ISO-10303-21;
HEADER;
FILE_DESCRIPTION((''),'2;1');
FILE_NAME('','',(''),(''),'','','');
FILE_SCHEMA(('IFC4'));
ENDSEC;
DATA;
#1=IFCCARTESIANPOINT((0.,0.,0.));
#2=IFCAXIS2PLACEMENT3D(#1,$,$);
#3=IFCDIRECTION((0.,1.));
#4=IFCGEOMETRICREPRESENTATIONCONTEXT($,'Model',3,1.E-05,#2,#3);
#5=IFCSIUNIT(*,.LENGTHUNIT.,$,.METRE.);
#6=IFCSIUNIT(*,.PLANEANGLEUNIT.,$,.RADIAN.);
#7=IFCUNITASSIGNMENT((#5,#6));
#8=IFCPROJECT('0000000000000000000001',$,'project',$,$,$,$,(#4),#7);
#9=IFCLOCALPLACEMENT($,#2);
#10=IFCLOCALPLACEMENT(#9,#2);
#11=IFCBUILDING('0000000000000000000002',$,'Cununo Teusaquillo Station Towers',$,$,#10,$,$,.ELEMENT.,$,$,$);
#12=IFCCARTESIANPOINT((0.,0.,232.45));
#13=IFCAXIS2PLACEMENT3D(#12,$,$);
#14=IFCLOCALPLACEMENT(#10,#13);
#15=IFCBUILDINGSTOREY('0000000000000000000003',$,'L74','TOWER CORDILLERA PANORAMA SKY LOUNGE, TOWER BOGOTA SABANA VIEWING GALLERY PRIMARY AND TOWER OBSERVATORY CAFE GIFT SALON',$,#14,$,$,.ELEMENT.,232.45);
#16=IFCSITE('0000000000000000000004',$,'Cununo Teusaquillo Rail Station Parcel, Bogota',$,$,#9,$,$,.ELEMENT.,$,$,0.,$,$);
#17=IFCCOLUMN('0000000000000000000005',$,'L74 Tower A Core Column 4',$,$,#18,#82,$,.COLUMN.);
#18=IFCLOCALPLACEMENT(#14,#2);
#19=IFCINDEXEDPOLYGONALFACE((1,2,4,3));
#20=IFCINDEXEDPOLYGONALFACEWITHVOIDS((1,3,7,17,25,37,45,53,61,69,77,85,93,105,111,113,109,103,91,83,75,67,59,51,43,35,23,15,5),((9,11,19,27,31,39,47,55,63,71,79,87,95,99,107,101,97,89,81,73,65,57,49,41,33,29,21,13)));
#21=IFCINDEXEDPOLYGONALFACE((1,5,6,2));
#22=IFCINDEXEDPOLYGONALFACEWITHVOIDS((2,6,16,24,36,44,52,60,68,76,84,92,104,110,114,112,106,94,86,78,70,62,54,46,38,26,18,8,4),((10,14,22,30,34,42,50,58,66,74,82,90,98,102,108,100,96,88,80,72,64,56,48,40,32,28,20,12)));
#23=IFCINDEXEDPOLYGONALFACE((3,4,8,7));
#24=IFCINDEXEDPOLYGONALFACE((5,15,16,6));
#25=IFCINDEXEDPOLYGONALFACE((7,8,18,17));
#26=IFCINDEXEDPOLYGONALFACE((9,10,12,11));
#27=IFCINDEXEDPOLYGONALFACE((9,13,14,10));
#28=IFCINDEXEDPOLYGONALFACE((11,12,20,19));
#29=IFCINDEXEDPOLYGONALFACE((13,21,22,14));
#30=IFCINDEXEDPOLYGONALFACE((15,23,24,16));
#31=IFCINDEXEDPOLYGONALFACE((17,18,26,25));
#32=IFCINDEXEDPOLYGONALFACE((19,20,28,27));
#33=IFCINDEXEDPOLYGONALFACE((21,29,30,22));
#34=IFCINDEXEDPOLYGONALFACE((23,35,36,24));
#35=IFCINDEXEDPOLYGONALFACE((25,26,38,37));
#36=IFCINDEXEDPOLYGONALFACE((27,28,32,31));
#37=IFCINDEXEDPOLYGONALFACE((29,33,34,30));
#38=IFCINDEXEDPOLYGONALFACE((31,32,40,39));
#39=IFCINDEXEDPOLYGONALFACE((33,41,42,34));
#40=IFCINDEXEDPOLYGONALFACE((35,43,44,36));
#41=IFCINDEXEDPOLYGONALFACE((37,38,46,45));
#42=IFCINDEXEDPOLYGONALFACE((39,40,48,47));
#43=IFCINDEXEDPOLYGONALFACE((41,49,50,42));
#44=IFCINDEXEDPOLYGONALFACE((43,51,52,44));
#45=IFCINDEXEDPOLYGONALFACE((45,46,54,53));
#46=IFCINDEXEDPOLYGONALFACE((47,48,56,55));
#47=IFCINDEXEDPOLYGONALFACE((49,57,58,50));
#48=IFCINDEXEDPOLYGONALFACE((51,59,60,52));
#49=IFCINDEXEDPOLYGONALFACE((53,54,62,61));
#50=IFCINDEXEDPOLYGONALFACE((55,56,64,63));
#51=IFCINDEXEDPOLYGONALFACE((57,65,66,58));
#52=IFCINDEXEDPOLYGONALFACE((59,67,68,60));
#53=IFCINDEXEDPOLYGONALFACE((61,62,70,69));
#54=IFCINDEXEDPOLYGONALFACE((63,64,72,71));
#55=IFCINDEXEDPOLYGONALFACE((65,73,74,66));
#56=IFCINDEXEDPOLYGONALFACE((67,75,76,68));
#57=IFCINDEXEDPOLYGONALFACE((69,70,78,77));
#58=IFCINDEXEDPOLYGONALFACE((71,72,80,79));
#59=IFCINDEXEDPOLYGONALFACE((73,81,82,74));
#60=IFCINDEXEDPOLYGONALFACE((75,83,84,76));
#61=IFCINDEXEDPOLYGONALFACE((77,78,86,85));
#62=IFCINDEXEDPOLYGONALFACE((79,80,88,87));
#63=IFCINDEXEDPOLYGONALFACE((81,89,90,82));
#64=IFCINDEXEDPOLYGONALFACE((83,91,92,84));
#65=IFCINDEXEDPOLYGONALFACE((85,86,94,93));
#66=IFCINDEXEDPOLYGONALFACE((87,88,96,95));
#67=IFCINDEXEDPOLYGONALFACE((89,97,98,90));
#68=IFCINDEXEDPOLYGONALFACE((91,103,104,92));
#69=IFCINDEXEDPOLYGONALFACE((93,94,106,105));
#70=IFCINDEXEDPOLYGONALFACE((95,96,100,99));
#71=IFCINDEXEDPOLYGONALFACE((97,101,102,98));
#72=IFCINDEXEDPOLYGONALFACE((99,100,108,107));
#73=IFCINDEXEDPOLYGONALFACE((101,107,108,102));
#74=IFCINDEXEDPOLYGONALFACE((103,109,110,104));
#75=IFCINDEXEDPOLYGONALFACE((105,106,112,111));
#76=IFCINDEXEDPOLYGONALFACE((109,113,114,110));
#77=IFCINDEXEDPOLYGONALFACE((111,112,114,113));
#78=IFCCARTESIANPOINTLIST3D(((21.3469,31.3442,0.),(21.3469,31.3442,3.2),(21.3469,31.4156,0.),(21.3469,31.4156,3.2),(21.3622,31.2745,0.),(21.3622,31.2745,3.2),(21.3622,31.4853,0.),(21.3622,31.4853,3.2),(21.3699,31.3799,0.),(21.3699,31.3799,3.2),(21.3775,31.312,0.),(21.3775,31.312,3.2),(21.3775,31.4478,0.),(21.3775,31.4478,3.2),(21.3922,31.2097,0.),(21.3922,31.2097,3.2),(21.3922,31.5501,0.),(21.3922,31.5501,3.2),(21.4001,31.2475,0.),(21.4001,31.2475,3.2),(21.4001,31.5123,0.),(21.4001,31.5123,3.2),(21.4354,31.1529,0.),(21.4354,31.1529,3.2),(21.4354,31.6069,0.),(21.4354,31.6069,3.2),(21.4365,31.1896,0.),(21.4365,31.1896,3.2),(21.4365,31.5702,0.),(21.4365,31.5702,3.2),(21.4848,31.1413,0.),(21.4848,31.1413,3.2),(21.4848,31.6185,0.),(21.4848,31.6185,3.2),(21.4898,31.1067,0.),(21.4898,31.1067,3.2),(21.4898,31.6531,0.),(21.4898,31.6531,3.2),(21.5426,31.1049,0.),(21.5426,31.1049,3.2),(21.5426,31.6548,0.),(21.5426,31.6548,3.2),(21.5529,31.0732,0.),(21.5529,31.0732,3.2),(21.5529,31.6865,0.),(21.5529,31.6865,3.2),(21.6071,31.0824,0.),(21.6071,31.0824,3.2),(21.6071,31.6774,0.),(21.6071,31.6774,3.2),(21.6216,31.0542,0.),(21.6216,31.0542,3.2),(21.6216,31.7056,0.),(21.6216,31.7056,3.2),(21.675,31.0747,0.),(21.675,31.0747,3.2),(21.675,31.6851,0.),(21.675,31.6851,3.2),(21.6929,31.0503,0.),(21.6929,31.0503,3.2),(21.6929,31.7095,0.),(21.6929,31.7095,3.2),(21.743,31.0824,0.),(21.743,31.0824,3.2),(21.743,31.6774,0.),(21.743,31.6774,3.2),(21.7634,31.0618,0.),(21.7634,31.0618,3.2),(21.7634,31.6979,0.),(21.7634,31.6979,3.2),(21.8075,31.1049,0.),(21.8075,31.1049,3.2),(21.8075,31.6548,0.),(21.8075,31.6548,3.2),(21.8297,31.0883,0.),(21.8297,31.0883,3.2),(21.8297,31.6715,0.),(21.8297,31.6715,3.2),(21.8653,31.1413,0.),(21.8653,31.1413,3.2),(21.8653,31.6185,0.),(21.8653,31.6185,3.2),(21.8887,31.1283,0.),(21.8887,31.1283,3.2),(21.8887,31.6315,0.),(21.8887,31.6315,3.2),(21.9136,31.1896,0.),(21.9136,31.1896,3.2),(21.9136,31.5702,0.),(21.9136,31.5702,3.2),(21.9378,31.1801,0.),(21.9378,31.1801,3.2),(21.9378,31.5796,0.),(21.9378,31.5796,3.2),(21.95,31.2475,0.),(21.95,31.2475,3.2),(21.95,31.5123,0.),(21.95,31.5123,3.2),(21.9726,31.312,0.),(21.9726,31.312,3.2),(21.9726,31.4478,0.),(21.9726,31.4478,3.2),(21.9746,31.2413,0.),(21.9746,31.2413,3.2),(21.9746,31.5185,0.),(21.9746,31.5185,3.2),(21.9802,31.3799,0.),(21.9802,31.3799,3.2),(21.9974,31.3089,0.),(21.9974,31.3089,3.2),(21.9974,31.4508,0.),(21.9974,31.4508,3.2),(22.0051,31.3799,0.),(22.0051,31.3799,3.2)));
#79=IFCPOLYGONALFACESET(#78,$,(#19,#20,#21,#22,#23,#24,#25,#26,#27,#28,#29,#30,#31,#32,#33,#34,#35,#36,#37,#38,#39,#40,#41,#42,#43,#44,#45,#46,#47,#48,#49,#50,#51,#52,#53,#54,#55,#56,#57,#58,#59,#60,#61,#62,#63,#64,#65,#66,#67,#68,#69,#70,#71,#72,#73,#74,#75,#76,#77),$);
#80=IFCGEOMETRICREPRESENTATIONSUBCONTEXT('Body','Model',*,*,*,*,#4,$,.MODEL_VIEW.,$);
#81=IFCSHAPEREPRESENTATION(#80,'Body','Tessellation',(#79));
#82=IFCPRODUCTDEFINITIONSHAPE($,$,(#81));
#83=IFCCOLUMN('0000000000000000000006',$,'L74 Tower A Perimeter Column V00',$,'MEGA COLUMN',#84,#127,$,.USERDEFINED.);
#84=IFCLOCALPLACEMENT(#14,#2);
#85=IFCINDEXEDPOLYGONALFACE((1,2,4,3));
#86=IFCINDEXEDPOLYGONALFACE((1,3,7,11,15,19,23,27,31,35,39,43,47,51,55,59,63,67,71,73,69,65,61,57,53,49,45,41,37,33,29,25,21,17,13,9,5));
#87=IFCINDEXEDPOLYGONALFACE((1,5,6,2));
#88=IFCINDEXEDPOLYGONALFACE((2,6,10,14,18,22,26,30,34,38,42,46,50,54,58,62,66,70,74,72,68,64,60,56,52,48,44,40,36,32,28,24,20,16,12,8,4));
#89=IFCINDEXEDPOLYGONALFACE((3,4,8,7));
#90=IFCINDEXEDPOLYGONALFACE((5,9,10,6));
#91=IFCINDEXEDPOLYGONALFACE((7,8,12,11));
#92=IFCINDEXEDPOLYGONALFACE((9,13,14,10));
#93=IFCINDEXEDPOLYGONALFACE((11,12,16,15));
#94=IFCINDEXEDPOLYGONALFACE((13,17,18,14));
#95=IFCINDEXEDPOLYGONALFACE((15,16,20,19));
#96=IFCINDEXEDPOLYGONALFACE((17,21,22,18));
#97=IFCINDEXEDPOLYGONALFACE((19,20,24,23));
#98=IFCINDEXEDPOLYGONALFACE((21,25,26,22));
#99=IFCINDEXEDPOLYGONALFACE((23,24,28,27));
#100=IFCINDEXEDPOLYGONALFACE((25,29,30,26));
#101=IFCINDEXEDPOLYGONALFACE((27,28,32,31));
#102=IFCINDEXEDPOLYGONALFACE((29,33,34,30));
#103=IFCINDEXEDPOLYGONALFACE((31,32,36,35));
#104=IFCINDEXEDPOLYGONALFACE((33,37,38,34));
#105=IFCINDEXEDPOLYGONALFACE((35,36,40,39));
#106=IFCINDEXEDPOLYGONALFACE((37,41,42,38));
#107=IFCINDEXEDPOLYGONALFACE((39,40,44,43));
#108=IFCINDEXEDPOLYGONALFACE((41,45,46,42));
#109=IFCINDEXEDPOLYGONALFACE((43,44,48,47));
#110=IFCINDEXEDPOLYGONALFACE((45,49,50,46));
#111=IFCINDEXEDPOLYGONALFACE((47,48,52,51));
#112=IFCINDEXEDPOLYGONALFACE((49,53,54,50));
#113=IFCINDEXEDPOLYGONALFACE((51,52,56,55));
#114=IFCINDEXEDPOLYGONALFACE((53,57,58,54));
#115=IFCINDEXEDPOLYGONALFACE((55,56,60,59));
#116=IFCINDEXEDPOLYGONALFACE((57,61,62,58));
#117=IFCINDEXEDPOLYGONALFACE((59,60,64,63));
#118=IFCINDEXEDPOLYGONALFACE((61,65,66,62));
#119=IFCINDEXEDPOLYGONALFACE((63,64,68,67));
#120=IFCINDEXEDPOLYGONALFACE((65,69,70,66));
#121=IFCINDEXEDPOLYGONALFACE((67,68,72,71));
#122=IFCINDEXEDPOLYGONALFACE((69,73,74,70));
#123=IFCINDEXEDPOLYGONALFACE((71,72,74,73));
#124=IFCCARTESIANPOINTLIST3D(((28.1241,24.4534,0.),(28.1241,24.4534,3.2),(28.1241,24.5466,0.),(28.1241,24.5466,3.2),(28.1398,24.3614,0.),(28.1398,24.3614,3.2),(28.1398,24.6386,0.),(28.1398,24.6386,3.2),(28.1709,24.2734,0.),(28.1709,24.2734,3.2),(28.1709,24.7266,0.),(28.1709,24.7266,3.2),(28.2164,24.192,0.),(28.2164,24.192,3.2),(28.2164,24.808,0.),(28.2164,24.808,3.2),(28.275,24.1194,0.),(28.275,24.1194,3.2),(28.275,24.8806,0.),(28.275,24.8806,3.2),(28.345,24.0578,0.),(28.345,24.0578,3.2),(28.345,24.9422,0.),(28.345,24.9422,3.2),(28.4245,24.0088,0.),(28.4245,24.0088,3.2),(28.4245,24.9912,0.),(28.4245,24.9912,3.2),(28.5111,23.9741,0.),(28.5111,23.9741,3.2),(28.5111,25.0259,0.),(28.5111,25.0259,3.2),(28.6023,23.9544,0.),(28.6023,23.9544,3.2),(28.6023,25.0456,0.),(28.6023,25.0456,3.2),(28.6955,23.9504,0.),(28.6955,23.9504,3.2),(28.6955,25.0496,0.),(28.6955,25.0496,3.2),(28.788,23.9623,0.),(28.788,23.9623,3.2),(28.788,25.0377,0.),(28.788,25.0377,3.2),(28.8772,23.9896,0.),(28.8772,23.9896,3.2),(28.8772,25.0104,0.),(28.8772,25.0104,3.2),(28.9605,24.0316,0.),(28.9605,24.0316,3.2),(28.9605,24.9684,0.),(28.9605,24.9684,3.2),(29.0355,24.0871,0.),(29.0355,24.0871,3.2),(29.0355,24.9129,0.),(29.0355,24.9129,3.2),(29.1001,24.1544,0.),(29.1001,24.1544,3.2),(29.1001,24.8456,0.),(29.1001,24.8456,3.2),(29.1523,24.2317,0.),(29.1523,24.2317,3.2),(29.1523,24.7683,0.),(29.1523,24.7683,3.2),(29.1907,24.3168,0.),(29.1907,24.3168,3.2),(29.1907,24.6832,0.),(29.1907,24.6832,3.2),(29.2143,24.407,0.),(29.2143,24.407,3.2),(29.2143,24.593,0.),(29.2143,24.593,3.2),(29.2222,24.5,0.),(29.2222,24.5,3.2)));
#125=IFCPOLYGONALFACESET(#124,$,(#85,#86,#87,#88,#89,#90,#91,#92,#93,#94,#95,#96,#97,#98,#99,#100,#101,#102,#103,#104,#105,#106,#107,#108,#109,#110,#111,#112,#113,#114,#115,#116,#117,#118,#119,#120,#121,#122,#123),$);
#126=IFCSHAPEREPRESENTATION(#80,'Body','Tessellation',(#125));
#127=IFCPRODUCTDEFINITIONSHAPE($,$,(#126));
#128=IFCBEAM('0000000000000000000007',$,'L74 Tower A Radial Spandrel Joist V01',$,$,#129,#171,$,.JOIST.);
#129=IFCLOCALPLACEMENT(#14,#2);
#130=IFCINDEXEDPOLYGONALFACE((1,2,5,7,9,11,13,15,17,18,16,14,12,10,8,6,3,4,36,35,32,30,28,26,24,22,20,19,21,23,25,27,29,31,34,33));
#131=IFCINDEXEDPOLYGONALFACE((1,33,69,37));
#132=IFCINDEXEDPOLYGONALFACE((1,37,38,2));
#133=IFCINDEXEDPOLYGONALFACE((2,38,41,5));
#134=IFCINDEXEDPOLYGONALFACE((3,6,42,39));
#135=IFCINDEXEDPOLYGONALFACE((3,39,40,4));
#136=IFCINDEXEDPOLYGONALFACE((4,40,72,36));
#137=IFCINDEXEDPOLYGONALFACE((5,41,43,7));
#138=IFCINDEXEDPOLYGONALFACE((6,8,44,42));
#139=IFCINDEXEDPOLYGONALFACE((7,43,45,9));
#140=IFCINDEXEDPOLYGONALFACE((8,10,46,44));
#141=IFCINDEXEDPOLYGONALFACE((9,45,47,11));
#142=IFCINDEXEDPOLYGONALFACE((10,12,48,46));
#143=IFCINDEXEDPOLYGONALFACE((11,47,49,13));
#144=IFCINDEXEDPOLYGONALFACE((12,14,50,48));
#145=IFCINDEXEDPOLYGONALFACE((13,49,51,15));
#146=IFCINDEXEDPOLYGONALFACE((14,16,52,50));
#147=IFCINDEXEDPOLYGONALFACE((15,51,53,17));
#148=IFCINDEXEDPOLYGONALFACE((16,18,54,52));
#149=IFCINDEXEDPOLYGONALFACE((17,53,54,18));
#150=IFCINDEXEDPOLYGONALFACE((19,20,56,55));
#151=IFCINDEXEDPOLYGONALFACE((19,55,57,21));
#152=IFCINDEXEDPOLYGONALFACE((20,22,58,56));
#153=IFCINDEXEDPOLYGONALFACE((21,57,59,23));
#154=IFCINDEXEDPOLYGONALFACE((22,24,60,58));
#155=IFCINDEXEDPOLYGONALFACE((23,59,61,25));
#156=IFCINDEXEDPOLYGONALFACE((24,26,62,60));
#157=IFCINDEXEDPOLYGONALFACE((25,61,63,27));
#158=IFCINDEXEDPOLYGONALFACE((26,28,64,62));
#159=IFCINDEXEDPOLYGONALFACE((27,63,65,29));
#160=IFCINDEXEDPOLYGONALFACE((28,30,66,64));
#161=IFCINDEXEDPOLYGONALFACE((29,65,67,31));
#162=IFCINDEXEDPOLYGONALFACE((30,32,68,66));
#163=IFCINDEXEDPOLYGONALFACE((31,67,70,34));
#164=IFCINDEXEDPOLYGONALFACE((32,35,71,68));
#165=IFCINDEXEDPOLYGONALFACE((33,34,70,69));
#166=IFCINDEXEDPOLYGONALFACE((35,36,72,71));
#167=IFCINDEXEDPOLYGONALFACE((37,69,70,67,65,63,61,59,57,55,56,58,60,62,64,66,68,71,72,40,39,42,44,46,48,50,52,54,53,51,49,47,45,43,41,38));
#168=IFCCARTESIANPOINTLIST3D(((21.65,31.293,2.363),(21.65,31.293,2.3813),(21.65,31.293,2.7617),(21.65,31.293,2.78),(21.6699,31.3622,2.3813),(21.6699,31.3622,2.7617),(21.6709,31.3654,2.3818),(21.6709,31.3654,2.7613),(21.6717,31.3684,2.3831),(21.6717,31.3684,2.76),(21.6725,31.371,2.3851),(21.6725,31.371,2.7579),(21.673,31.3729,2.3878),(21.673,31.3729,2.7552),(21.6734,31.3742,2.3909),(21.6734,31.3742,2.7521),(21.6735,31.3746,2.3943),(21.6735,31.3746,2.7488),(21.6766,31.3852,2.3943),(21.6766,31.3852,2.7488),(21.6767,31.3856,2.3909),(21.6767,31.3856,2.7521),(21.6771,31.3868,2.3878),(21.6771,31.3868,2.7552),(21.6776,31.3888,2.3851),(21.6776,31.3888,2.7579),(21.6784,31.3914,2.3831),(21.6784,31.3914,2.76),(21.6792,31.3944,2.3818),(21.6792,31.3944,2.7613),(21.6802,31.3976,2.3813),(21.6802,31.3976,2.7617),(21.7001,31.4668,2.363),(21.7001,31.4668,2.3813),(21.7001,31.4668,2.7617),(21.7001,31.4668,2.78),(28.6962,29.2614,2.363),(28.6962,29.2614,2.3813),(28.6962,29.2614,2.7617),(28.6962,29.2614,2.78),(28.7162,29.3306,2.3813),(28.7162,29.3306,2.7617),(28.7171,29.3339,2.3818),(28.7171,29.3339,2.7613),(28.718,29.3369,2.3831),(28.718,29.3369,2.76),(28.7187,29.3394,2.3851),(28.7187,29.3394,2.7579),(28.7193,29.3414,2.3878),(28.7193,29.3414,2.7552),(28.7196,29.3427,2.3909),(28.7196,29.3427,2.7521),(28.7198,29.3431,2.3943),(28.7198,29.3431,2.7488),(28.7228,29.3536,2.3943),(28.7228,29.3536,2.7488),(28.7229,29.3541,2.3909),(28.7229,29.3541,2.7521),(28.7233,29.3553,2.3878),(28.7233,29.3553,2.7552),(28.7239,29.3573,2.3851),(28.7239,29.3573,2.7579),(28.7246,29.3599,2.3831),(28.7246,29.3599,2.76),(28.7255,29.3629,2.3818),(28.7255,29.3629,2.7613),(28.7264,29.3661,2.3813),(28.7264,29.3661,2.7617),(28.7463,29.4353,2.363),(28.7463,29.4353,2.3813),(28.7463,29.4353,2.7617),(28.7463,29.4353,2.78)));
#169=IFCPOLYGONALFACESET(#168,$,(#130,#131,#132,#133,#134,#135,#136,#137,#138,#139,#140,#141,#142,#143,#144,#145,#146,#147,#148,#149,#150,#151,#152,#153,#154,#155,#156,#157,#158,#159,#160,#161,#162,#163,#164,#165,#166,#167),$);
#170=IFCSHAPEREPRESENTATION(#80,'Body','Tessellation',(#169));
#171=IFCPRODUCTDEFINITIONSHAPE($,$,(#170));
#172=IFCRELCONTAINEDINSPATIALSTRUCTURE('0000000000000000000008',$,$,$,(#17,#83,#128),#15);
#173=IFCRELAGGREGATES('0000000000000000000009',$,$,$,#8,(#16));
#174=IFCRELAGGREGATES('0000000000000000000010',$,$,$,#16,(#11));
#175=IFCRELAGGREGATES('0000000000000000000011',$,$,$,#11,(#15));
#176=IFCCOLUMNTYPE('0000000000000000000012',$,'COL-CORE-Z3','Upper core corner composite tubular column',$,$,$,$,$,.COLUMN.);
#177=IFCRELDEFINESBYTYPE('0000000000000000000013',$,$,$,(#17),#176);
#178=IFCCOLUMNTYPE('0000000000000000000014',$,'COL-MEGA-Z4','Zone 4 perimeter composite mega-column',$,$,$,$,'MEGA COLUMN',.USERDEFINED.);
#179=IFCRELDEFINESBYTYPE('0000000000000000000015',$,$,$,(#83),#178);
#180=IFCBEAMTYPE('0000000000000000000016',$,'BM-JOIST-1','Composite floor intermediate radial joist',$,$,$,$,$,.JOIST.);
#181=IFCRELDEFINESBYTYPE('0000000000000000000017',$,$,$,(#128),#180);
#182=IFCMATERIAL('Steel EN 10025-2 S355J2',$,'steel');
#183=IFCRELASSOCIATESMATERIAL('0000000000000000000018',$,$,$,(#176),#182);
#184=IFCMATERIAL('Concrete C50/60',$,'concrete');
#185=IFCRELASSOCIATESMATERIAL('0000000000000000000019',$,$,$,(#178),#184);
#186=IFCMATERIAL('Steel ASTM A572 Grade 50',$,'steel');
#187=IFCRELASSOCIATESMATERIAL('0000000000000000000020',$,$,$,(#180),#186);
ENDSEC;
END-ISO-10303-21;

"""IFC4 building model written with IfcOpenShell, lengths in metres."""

from ifc_helpers import new_model, si_unit, direction, frame, origin, origin_2d, place, context, subcontext, project, spatial, circle, hollow_circle, i_section, extrude, material, material_profile, profile_set, type_object, element, save


model = new_model("IFC4")

# Units and contexts
model_context = context("Model", 3, precision=1e-05, world=origin(), true_north=direction((0.0, 1.0)))
body_context = subcontext(model_context, "Body", "Model", "MODEL_VIEW")
ifc_project = project(units=[si_unit("LENGTHUNIT", "METRE"), si_unit("PLANEANGLEUNIT", "RADIAN")], contexts=[model_context])

# Site, building, storey
site_placement = place(None, origin())
site = spatial("IfcSite", under=ifc_project, at=site_placement, Name="Cununo Teusaquillo Rail Station Parcel, Bogota", CompositionType="ELEMENT", RefElevation=0.0)
building_placement = place(site_placement, origin())
building = spatial("IfcBuilding", under=site, at=building_placement, Name="Cununo Teusaquillo Station Towers", CompositionType="ELEMENT")
storey_placement = place(building_placement, frame((0.0, 0.0, 232.45)))
storey = spatial("IfcBuildingStorey", under=building, at=storey_placement, Name="L74", Description="TOWER CORDILLERA PANORAMA SKY LOUNGE, TOWER BOGOTA SABANA VIEWING GALLERY PRIMARY AND TOWER OBSERVATORY CAFE GIFT SALON", CompositionType="ELEMENT", Elevation=232.45)

# Columns
ifc_material_1 = material(Name="Steel EN 10025-2 S355J2", Category="steel")
ifc_material_profile_1 = material_profile(ifc_material_1, hollow_circle(Radius=0.3301, WallThickness=0.0249, at=origin_2d()), Name="CHS 660x25")
ifc_profile_set_1 = profile_set([ifc_material_profile_1], Name="Steel EN 10025-2 S355J2")
column_type_1 = type_object("IfcColumnType", Name="COL-CORE-Z3", Description="Upper core corner composite tubular column", PredefinedType="COLUMN", material=ifc_profile_set_1)
column_1_placement = place(storey_placement, frame((21.675, 31.3799, 0.0), z_axis=(0.0, 0.0, 1.0), x_axis=(1.0, 0.0, 0.0)))
element("IfcColumn", 1, at=column_1_placement, inside=storey, type_object=column_type_1, Name="L74 Tower A Core Column 4", PredefinedType="COLUMN", context=body_context, shape_type="SweptSolid", body=[
    extrude(hollow_circle(Radius=0.3301, WallThickness=0.0249, at=origin_2d()), origin(), (0.0, 0.0, 1.0), 3.2),
])
ifc_material_2 = material(Name="Concrete C50/60", Category="concrete")
ifc_material_profile_2 = material_profile(ifc_material_2, circle(Radius=0.55, at=origin_2d()), Name="RC-CIRC-1100")
ifc_profile_set_2 = profile_set([ifc_material_profile_2], Name="Concrete C50/60")
column_type_2 = type_object("IfcColumnType", Name="COL-MEGA-Z4", Description="Zone 4 perimeter composite mega-column", ElementType="MEGA COLUMN", PredefinedType="USERDEFINED", material=ifc_profile_set_2)
column_2_placement = place(storey_placement, frame((28.6721, 24.5, 0.0), z_axis=(0.0, 0.0, 1.0), x_axis=(1.0, 0.0, 0.0)))
element("IfcColumn", 2, at=column_2_placement, inside=storey, type_object=column_type_2, Name="L74 Tower A Perimeter Column V00", ObjectType="MEGA COLUMN", PredefinedType="USERDEFINED", context=body_context, shape_type="SweptSolid", body=[
    extrude(circle(Radius=0.55, at=origin_2d()), origin(), (0.0, 0.0, 1.0), 3.2),
])

# Beam
ifc_material_3 = material(Name="Steel ASTM A572 Grade 50", Category="steel")
ifc_material_profile_3 = material_profile(ifc_material_3, i_section(OverallWidth=0.1809, OverallDepth=0.417, WebThickness=0.011, FlangeThickness=0.0183, FilletRadius=0.0129, at=origin_2d()), Name="W16X57")
ifc_profile_set_3 = profile_set([ifc_material_profile_3], Name="Steel ASTM A572 Grade 50")
beam_type_1 = type_object("IfcBeamType", Name="BM-JOIST-1", Description="Composite floor intermediate radial joist", PredefinedType="JOIST", material=ifc_profile_set_3)
beam_1_placement = place(storey_placement, frame((21.675, 31.3799, 2.5715), z_axis=(0.960862, -0.277029, 0.0), x_axis=(0.277029, 0.960862, 0.0)))
element("IfcBeam", 3, at=beam_1_placement, inside=storey, type_object=beam_type_1, Name="L74 Tower A Radial Spandrel Joist V01", PredefinedType="JOIST", context=body_context, shape_type="SweptSolid", body=[
    extrude(i_section(OverallWidth=0.1809, OverallDepth=0.417, WebThickness=0.011, FlangeThickness=0.0183, FilletRadius=0.0129, at=origin_2d()), origin(), (0.0, 0.0, 1.0), 7.3333),
])

save(model, "model.ifc")
